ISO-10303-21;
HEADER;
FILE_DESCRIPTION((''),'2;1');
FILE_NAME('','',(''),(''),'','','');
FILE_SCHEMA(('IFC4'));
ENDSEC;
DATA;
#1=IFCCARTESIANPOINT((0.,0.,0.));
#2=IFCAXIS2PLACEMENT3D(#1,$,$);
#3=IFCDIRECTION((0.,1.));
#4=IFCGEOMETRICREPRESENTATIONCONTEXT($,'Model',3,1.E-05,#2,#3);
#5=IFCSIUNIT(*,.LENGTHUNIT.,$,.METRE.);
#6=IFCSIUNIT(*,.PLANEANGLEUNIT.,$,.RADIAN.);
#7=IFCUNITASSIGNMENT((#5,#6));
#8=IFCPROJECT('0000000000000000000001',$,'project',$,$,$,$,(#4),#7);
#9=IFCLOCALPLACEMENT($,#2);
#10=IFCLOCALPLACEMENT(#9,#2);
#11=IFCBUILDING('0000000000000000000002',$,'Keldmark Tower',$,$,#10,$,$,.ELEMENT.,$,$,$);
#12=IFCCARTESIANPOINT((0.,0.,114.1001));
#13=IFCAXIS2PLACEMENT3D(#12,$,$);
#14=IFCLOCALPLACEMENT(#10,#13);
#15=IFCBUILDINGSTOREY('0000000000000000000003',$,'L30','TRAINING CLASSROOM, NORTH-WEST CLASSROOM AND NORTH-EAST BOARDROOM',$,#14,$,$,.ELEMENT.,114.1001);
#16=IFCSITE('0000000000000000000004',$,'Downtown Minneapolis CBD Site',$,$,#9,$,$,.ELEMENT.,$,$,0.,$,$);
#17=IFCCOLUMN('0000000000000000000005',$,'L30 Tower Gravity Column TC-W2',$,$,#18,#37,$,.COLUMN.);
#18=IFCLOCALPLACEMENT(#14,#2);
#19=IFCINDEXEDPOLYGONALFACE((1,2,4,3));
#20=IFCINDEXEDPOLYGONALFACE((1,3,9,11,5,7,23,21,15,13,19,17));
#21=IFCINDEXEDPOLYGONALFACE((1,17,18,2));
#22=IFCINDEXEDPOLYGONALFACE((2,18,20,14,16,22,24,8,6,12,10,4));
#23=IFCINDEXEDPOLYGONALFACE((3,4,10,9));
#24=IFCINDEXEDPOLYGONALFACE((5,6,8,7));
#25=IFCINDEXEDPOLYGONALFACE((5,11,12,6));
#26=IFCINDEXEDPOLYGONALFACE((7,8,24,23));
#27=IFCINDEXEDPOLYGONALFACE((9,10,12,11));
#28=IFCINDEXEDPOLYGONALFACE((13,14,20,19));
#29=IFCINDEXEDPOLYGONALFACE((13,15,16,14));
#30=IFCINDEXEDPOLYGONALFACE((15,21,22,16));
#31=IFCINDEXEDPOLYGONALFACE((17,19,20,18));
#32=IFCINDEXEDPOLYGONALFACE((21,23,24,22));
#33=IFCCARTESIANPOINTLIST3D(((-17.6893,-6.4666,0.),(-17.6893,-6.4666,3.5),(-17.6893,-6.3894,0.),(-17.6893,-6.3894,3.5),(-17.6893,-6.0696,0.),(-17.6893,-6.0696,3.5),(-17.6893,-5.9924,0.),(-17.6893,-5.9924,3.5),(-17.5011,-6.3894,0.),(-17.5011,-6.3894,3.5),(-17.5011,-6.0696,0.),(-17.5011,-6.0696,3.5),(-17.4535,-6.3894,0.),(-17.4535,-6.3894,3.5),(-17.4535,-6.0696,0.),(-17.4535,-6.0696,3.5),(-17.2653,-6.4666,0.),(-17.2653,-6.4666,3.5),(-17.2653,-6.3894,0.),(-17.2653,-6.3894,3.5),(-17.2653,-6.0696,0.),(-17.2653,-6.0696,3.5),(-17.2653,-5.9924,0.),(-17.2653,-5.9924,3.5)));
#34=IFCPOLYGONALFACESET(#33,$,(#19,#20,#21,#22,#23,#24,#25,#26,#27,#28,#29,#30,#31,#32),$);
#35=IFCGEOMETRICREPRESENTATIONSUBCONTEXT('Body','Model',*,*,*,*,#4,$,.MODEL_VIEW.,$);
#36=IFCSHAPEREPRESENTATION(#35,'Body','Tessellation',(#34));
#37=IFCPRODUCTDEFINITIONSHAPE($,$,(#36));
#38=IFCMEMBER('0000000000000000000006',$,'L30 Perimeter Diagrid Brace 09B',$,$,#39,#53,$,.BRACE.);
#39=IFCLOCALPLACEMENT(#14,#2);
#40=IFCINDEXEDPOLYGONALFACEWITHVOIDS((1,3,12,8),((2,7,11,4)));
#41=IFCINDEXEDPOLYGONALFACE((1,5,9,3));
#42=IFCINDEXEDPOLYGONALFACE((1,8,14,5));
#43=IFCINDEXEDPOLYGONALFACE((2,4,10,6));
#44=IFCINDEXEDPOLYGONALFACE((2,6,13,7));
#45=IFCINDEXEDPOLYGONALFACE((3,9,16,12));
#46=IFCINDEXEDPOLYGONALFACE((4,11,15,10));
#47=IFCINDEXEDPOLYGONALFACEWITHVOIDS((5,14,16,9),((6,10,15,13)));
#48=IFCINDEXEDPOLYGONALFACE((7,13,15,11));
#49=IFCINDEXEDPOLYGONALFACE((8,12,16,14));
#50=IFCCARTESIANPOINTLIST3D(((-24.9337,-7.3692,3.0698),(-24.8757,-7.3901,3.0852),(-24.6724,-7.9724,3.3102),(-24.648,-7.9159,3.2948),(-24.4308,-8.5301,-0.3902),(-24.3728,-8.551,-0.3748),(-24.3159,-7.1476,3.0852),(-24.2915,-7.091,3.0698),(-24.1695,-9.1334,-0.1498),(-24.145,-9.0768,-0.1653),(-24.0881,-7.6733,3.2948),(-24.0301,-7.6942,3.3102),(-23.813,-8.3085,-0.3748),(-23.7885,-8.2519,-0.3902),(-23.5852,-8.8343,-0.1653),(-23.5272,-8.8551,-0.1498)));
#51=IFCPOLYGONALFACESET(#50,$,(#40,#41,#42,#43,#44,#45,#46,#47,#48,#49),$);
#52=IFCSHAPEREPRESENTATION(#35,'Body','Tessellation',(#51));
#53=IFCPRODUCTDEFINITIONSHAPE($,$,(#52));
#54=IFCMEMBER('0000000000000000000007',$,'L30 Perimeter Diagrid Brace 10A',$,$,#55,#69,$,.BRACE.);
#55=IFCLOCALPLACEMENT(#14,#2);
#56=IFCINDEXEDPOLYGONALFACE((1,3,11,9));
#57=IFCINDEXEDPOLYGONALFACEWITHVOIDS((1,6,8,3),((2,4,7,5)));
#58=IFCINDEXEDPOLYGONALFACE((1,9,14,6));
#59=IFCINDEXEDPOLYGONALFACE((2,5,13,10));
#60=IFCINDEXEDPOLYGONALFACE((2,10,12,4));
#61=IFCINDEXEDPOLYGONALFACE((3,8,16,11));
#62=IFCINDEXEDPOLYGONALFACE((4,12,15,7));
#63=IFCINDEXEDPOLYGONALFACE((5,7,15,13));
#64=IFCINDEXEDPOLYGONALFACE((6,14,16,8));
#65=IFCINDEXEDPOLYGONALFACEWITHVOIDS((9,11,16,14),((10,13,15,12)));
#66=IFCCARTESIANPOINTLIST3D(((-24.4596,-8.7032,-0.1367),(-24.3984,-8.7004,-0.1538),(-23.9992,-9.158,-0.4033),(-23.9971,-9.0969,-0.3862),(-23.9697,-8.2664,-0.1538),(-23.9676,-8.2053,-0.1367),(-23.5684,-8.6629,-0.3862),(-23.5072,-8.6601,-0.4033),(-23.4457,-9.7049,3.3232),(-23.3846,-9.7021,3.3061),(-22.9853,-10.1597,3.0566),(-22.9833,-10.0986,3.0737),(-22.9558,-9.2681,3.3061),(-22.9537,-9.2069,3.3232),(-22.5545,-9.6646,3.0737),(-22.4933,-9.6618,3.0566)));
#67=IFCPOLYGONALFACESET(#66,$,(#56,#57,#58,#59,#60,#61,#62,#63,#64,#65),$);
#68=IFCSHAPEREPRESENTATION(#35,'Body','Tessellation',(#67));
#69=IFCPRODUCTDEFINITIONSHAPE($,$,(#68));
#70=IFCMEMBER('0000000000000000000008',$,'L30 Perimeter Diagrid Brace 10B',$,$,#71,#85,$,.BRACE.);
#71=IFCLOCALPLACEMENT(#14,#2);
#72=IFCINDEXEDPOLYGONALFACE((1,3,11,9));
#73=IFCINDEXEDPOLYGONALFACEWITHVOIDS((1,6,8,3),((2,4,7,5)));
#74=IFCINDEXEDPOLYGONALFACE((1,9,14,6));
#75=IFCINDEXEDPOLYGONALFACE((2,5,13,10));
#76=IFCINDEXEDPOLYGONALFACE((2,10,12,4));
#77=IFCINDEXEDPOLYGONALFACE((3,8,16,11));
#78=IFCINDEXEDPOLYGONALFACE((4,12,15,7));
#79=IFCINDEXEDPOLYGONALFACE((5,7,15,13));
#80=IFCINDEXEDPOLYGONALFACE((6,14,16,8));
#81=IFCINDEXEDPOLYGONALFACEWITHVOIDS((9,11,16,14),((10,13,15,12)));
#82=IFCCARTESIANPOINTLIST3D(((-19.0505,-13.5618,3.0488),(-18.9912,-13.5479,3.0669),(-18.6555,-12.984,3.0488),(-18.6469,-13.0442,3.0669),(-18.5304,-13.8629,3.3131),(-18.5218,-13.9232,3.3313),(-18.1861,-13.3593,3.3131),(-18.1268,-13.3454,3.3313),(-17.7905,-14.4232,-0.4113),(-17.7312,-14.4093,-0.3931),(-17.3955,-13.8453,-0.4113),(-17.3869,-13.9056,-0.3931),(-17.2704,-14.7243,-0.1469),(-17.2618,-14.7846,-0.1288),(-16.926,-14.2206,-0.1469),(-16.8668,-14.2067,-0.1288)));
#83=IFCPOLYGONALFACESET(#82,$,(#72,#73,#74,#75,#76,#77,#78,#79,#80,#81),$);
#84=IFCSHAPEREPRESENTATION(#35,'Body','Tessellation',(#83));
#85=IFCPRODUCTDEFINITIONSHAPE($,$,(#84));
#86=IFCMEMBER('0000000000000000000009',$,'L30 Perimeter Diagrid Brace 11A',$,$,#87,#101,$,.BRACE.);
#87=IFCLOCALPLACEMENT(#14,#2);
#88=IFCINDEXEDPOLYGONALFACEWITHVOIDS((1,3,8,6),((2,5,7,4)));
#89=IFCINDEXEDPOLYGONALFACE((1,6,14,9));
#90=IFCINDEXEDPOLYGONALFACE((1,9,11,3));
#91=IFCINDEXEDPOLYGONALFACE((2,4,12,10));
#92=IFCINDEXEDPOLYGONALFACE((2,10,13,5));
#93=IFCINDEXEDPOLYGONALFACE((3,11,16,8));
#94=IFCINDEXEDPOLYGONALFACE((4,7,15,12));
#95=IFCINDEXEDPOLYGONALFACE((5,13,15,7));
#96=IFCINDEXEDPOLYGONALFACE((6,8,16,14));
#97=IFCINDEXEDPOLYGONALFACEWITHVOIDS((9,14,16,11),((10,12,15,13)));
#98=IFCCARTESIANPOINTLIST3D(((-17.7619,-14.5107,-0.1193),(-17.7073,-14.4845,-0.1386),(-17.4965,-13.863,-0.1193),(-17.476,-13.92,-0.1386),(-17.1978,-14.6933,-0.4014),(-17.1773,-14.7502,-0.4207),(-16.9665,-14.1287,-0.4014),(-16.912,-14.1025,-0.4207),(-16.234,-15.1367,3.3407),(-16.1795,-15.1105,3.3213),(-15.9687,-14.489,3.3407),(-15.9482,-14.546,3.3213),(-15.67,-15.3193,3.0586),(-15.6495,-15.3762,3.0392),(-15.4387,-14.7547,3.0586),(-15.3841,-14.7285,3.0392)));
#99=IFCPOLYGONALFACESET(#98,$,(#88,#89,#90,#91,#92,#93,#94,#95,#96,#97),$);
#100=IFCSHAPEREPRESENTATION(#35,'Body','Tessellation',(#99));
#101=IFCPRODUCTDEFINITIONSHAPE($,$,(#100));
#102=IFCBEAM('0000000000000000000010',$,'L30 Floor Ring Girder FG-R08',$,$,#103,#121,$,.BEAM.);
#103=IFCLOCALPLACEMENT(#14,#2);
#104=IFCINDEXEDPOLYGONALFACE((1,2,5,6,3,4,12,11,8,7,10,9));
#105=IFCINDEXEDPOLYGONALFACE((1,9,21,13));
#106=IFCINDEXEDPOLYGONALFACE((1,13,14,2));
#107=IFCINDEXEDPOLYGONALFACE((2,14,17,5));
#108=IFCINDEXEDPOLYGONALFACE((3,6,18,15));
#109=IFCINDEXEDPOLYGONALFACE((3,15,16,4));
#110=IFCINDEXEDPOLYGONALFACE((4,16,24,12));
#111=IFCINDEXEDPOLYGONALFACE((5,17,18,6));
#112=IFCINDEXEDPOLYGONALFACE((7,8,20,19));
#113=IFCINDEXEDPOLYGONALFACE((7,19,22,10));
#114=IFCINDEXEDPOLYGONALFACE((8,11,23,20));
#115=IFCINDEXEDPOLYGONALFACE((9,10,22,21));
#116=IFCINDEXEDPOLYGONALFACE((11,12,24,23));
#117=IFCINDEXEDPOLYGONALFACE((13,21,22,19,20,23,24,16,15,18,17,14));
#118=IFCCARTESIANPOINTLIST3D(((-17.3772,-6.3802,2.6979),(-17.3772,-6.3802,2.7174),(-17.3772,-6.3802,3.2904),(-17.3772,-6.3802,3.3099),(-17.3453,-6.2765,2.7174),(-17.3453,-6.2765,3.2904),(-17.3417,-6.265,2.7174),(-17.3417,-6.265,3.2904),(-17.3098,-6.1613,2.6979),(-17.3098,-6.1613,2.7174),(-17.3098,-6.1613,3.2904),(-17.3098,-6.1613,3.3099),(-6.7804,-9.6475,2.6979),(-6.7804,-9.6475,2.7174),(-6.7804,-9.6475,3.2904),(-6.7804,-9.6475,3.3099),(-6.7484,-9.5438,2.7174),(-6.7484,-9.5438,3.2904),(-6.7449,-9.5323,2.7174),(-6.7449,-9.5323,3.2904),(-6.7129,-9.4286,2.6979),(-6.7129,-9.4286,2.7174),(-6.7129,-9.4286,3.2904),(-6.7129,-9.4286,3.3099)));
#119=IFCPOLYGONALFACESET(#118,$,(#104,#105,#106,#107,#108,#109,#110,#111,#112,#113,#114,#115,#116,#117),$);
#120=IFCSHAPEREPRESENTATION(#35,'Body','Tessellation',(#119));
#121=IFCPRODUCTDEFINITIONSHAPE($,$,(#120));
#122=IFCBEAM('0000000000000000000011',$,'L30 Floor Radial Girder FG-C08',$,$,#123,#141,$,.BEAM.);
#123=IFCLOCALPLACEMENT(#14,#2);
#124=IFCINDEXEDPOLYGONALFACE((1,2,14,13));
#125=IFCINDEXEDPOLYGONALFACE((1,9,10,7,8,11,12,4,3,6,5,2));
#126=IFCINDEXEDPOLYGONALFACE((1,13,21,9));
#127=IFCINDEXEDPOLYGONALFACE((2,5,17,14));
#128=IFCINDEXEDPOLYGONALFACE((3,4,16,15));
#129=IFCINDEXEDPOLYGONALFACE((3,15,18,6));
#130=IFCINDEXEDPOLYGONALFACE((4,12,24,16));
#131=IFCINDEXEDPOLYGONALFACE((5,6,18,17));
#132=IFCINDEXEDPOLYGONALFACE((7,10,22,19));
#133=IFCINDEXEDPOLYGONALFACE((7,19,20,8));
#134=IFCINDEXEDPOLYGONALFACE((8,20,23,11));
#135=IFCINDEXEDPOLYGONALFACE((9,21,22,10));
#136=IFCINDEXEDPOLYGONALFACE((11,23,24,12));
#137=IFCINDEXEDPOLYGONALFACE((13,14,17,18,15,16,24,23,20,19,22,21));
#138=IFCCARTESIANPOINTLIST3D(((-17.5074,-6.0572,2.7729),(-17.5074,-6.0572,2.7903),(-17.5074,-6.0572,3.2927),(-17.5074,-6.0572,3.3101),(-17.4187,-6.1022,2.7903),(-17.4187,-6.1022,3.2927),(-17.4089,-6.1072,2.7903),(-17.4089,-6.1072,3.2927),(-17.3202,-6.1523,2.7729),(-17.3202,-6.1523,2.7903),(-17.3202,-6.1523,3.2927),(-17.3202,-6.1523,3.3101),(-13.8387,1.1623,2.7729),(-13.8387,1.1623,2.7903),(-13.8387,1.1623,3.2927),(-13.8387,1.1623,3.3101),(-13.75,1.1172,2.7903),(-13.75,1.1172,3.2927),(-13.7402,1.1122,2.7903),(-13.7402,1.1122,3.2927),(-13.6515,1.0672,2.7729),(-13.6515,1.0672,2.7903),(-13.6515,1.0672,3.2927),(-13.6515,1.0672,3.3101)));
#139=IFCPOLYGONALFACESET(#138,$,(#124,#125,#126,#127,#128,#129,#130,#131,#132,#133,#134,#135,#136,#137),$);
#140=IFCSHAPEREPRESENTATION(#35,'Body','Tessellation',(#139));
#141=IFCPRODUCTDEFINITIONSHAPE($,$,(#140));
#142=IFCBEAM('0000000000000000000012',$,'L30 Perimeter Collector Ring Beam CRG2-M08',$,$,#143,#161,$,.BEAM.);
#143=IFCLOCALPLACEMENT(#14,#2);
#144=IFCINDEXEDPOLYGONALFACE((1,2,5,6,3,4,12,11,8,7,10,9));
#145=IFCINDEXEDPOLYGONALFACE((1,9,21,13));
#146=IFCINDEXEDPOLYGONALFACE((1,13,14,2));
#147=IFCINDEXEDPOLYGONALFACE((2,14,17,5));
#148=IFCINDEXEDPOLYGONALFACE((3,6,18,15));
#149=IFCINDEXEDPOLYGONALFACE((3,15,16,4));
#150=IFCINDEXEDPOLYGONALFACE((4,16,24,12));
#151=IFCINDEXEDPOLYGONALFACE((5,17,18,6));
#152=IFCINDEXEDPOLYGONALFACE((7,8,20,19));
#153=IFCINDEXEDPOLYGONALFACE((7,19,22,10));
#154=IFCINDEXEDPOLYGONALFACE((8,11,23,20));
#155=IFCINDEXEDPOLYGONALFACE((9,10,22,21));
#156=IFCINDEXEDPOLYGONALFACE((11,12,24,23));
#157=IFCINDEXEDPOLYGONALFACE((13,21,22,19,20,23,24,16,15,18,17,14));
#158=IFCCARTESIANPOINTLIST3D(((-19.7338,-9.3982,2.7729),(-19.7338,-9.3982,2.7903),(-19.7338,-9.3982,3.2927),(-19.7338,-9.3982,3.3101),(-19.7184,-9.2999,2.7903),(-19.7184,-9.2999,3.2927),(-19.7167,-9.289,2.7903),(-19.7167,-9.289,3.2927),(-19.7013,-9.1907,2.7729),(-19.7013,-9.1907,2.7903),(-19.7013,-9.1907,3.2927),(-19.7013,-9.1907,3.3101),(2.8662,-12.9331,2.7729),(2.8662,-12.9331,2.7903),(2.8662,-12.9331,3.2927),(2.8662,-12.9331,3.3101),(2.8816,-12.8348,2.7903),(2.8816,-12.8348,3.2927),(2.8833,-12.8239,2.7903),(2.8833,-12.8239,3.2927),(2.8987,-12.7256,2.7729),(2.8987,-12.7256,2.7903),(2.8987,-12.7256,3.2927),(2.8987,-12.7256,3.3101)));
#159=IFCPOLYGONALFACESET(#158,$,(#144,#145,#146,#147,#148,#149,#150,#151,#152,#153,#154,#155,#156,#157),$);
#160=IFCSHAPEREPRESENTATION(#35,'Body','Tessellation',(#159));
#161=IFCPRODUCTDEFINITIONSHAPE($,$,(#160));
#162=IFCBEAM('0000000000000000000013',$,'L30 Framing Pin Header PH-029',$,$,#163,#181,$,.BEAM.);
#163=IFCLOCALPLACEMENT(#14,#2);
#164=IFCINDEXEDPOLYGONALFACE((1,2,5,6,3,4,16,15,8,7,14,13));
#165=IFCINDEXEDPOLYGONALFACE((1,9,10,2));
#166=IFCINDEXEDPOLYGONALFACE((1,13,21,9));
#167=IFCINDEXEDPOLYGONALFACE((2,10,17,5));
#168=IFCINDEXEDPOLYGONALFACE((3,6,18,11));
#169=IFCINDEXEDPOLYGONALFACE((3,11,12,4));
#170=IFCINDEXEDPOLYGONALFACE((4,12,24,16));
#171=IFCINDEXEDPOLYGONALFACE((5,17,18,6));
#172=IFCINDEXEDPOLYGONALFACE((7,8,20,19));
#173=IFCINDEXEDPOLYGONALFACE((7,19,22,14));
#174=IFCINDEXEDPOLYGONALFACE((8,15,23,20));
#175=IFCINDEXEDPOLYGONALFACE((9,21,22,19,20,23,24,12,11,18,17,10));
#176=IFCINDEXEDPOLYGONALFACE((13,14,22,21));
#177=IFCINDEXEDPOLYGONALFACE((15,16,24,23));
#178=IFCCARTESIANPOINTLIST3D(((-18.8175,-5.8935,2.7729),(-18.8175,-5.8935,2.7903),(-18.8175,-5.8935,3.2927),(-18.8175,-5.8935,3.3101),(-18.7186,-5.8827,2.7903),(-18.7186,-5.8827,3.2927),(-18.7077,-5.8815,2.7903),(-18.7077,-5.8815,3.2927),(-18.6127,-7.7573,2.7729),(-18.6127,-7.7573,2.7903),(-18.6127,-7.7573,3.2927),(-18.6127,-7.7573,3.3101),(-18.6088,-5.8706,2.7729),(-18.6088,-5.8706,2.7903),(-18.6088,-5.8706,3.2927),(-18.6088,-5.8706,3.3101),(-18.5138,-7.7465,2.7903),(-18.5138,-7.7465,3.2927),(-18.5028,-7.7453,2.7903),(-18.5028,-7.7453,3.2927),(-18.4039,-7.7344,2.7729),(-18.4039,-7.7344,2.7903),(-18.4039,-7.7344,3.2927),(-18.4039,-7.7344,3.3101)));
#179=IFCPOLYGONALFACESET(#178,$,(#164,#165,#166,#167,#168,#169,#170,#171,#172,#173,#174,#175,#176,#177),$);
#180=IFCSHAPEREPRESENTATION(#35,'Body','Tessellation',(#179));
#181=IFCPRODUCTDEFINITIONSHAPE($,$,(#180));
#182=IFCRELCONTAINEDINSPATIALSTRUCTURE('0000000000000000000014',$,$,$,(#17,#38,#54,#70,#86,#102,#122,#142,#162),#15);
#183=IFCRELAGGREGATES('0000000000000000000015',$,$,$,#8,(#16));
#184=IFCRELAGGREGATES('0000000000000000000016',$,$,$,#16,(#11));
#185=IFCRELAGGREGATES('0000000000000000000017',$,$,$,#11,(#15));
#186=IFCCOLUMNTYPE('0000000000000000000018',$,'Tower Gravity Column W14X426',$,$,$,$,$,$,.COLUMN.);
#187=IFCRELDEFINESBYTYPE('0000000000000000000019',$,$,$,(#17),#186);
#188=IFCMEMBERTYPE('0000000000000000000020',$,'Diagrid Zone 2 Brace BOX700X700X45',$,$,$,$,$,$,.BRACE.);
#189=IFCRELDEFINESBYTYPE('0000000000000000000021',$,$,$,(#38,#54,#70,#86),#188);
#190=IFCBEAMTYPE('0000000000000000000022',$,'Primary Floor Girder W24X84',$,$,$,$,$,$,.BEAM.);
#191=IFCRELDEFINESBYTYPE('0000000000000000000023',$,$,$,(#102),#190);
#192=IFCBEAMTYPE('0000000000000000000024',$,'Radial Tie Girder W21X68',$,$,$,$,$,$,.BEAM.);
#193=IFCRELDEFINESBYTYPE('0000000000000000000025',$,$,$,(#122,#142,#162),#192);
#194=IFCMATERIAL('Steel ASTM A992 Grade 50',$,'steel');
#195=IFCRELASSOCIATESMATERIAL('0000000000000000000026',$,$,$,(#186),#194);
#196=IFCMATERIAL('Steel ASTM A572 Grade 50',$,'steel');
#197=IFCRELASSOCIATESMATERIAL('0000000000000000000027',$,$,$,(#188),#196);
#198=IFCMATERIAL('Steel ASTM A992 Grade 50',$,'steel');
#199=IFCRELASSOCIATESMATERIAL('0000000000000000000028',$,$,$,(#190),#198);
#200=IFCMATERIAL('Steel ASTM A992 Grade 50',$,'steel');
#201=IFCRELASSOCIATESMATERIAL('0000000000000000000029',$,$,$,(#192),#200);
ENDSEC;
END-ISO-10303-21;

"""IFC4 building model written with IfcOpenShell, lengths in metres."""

from ifc_helpers import new_model, si_unit, direction, frame, origin, origin_2d, place, context, subcontext, project, spatial, hollow_rectangle, i_section, extrude, material, material_profile, profile_set, type_object, element, save


model = new_model("IFC4")

# Units and contexts
model_context = context("Model", 3, precision=1e-05, world=origin(), true_north=direction((0.0, 1.0)))
body_context = subcontext(model_context, "Body", "Model", "MODEL_VIEW")
ifc_project = project(units=[si_unit("LENGTHUNIT", "METRE"), si_unit("PLANEANGLEUNIT", "RADIAN")], contexts=[model_context])

# Site, building, storey
site_placement = place(None, origin())
site = spatial("IfcSite", under=ifc_project, at=site_placement, Name="Downtown Minneapolis CBD Site", CompositionType="ELEMENT", RefElevation=0.0)
building_placement = place(site_placement, origin())
building = spatial("IfcBuilding", under=site, at=building_placement, Name="Keldmark Tower", CompositionType="ELEMENT")
storey_placement = place(building_placement, frame((0.0, 0.0, 114.1001)))
storey = spatial("IfcBuildingStorey", under=building, at=storey_placement, Name="L30", Description="TRAINING CLASSROOM, NORTH-WEST CLASSROOM AND NORTH-EAST BOARDROOM", CompositionType="ELEMENT", Elevation=114.1001)

# Column
ifc_material_1 = material(Name="Steel ASTM A992 Grade 50", Category="steel")
ifc_material_profile_1 = material_profile(ifc_material_1, i_section(OverallWidth=0.4241, OverallDepth=0.4741, WebThickness=0.0476, FlangeThickness=0.0771, at=origin_2d()), Name="W14X426")
ifc_profile_set_1 = profile_set([ifc_material_profile_1], Name="Steel ASTM A992 Grade 50")
column_type = type_object("IfcColumnType", Name="Tower Gravity Column W14X426", PredefinedType="COLUMN", material=ifc_profile_set_1)
column_placement = place(storey_placement, frame((-17.4773, -6.2295, 0.0), z_axis=(0.0, 0.0, 1.0), x_axis=(1.0, 0.0, 0.0)))
element("IfcColumn", 1, at=column_placement, inside=storey, type_object=column_type, Name="L30 Tower Gravity Column TC-W2", PredefinedType="COLUMN", context=body_context, shape_type="SweptSolid", body=[
    extrude(i_section(OverallWidth=0.4241, OverallDepth=0.4741, WebThickness=0.0476, FlangeThickness=0.0771, at=origin_2d()), origin(), (0.0, 0.0, 1.0), 3.5),
])

# Members
ifc_material_2 = material(Name="Steel ASTM A572 Grade 50", Category="steel")
ifc_material_profile_2 = material_profile(ifc_material_2, hollow_rectangle(XDim=0.7, YDim=0.7, WallThickness=0.0449, at=origin_2d()), Name="BOX700X700X45")
ifc_profile_set_2 = profile_set([ifc_material_profile_2], Name="Steel ASTM A572 Grade 50")
member_type = type_object("IfcMemberType", Name="Diagrid Zone 2 Brace BOX700X700X45", PredefinedType="BRACE", material=ifc_profile_set_2)
member_1_placement = place(storey_placement, frame((-23.979, -8.6926, -0.27), z_axis=(-0.136517, 0.315115, 0.939183), x_axis=(-0.917591, -0.397526, 0.0)))
element("IfcMember", 2, at=member_1_placement, inside=storey, type_object=member_type, Name="L30 Perimeter Diagrid Brace 09B", PredefinedType="BRACE", context=body_context, shape_type="SweptSolid", body=[
    extrude(hollow_rectangle(XDim=0.7, YDim=0.7, WallThickness=0.0449, at=origin_2d()), origin(), (0.0, 0.0, 1.0), 3.6841),
])
member_2_placement = place(storey_placement, frame((-23.9834, -8.6816, -0.27), z_axis=(0.270954, -0.267691, 0.924622), x_axis=(0.702812, 0.711376, 0.0)))
element("IfcMember", 3, at=member_2_placement, inside=storey, type_object=member_type, Name="L30 Perimeter Diagrid Brace 10A", PredefinedType="BRACE", context=body_context, shape_type="SweptSolid", body=[
    extrude(hollow_rectangle(XDim=0.7, YDim=0.7, WallThickness=0.0449, at=origin_2d()), origin(), (0.0, 0.0, 1.0), 3.7419),
])
member_3_placement = place(storey_placement, frame((-17.3286, -14.3149, -0.27), z_axis=(-0.333191, 0.227765, 0.914935), x_axis=(-0.564334, -0.825547, 0.0)))
element("IfcMember", 4, at=member_3_placement, inside=storey, type_object=member_type, Name="L30 Perimeter Diagrid Brace 10B", PredefinedType="BRACE", context=body_context, shape_type="SweptSolid", body=[
    extrude(hollow_rectangle(XDim=0.7, YDim=0.7, WallThickness=0.0449, at=origin_2d()), origin(), (0.0, 0.0, 1.0), 3.7817),
])
member_4_placement = place(storey_placement, frame((-17.3369, -14.3066, -0.27), z_axis=(0.398524, -0.163282, 0.902506), x_axis=(0.379128, 0.925344, 0.0)))
element("IfcMember", 5, at=member_4_placement, inside=storey, type_object=member_type, Name="L30 Perimeter Diagrid Brace 11A", PredefinedType="BRACE", context=body_context, shape_type="SweptSolid", body=[
    extrude(hollow_rectangle(XDim=0.7, YDim=0.7, WallThickness=0.0449, at=origin_2d()), origin(), (0.0, 0.0, 1.0), 3.8337),
])

# Beams
ifc_material_3 = material(Name="Steel ASTM A992 Grade 50", Category="steel")
ifc_material_profile_3 = material_profile(ifc_material_3, i_section(OverallWidth=0.229, OverallDepth=0.6121, WebThickness=0.012, FlangeThickness=0.0195, at=origin_2d()), Name="W24X84")
ifc_profile_set_3 = profile_set([ifc_material_profile_3], Name="Steel ASTM A992 Grade 50")
beam_type_1 = type_object("IfcBeamType", Name="Primary Floor Girder W24X84", PredefinedType="BEAM", material=ifc_profile_set_3)
beam_1_placement = place(storey_placement, frame((-17.3435, -6.2708, 3.0039), z_axis=(0.955608, -0.294641, 0.0), x_axis=(0.294641, 0.955608, 0.0)))
element("IfcBeam", 6, at=beam_1_placement, inside=storey, type_object=beam_type_1, Name="L30 Floor Ring Girder FG-R08", PredefinedType="BEAM", context=body_context, shape_type="SweptSolid", body=[
    extrude(i_section(OverallWidth=0.229, OverallDepth=0.6121, WebThickness=0.012, FlangeThickness=0.0195, at=origin_2d()), origin(), (0.0, 0.0, 1.0), 11.0891),
])
ifc_material_4 = material(Name="Steel ASTM A992 Grade 50", Category="steel")
ifc_material_profile_4 = material_profile(ifc_material_4, i_section(OverallWidth=0.21, OverallDepth=0.5371, WebThickness=0.011, FlangeThickness=0.0173, at=origin_2d()), Name="W21X68")
ifc_profile_set_4 = profile_set([ifc_material_profile_4], Name="Steel ASTM A992 Grade 50")
beam_type_2 = type_object("IfcBeamType", Name="Radial Tie Girder W21X68", PredefinedType="BEAM", material=ifc_profile_set_4)
beam_2_placement = place(storey_placement, frame((-17.4138, -6.1047, 3.0415), z_axis=(0.453029, 0.891496, 0.0), x_axis=(-0.891496, 0.453029, 0.0)))
element("IfcBeam", 7, at=beam_2_placement, inside=storey, type_object=beam_type_2, Name="L30 Floor Radial Girder FG-C08", PredefinedType="BEAM", context=body_context, shape_type="SweptSolid", body=[
    extrude(i_section(OverallWidth=0.21, OverallDepth=0.5371, WebThickness=0.011, FlangeThickness=0.0173, at=origin_2d()), origin(), (0.0, 0.0, 1.0), 8.0981),
])
beam_3_placement = place(storey_placement, frame((-19.7175, -9.2944, 3.0415), z_axis=(0.987987, -0.154534, 0.0), x_axis=(0.154534, 0.987987, 0.0)))
element("IfcBeam", 8, at=beam_3_placement, inside=storey, type_object=beam_type_2, Name="L30 Perimeter Collector Ring Beam CRG2-M08", PredefinedType="BEAM", context=body_context, shape_type="SweptSolid", body=[
    extrude(i_section(OverallWidth=0.21, OverallDepth=0.5371, WebThickness=0.011, FlangeThickness=0.0173, at=origin_2d()), origin(), (0.0, 0.0, 1.0), 22.8748),
])
beam_4_placement = place(storey_placement, frame((-18.7131, -5.8821, 3.0415), z_axis=(0.109245, -0.994015, 0.0), x_axis=(0.994015, 0.109245, 0.0)))
element("IfcBeam", 9, at=beam_4_placement, inside=storey, type_object=beam_type_2, Name="L30 Framing Pin Header PH-029", PredefinedType="BEAM", context=body_context, shape_type="SweptSolid", body=[
    extrude(i_section(OverallWidth=0.21, OverallDepth=0.5371, WebThickness=0.011, FlangeThickness=0.0173, at=origin_2d()), origin(), (0.0, 0.0, 1.0), 1.875),
])

save(model, "model.ifc")
